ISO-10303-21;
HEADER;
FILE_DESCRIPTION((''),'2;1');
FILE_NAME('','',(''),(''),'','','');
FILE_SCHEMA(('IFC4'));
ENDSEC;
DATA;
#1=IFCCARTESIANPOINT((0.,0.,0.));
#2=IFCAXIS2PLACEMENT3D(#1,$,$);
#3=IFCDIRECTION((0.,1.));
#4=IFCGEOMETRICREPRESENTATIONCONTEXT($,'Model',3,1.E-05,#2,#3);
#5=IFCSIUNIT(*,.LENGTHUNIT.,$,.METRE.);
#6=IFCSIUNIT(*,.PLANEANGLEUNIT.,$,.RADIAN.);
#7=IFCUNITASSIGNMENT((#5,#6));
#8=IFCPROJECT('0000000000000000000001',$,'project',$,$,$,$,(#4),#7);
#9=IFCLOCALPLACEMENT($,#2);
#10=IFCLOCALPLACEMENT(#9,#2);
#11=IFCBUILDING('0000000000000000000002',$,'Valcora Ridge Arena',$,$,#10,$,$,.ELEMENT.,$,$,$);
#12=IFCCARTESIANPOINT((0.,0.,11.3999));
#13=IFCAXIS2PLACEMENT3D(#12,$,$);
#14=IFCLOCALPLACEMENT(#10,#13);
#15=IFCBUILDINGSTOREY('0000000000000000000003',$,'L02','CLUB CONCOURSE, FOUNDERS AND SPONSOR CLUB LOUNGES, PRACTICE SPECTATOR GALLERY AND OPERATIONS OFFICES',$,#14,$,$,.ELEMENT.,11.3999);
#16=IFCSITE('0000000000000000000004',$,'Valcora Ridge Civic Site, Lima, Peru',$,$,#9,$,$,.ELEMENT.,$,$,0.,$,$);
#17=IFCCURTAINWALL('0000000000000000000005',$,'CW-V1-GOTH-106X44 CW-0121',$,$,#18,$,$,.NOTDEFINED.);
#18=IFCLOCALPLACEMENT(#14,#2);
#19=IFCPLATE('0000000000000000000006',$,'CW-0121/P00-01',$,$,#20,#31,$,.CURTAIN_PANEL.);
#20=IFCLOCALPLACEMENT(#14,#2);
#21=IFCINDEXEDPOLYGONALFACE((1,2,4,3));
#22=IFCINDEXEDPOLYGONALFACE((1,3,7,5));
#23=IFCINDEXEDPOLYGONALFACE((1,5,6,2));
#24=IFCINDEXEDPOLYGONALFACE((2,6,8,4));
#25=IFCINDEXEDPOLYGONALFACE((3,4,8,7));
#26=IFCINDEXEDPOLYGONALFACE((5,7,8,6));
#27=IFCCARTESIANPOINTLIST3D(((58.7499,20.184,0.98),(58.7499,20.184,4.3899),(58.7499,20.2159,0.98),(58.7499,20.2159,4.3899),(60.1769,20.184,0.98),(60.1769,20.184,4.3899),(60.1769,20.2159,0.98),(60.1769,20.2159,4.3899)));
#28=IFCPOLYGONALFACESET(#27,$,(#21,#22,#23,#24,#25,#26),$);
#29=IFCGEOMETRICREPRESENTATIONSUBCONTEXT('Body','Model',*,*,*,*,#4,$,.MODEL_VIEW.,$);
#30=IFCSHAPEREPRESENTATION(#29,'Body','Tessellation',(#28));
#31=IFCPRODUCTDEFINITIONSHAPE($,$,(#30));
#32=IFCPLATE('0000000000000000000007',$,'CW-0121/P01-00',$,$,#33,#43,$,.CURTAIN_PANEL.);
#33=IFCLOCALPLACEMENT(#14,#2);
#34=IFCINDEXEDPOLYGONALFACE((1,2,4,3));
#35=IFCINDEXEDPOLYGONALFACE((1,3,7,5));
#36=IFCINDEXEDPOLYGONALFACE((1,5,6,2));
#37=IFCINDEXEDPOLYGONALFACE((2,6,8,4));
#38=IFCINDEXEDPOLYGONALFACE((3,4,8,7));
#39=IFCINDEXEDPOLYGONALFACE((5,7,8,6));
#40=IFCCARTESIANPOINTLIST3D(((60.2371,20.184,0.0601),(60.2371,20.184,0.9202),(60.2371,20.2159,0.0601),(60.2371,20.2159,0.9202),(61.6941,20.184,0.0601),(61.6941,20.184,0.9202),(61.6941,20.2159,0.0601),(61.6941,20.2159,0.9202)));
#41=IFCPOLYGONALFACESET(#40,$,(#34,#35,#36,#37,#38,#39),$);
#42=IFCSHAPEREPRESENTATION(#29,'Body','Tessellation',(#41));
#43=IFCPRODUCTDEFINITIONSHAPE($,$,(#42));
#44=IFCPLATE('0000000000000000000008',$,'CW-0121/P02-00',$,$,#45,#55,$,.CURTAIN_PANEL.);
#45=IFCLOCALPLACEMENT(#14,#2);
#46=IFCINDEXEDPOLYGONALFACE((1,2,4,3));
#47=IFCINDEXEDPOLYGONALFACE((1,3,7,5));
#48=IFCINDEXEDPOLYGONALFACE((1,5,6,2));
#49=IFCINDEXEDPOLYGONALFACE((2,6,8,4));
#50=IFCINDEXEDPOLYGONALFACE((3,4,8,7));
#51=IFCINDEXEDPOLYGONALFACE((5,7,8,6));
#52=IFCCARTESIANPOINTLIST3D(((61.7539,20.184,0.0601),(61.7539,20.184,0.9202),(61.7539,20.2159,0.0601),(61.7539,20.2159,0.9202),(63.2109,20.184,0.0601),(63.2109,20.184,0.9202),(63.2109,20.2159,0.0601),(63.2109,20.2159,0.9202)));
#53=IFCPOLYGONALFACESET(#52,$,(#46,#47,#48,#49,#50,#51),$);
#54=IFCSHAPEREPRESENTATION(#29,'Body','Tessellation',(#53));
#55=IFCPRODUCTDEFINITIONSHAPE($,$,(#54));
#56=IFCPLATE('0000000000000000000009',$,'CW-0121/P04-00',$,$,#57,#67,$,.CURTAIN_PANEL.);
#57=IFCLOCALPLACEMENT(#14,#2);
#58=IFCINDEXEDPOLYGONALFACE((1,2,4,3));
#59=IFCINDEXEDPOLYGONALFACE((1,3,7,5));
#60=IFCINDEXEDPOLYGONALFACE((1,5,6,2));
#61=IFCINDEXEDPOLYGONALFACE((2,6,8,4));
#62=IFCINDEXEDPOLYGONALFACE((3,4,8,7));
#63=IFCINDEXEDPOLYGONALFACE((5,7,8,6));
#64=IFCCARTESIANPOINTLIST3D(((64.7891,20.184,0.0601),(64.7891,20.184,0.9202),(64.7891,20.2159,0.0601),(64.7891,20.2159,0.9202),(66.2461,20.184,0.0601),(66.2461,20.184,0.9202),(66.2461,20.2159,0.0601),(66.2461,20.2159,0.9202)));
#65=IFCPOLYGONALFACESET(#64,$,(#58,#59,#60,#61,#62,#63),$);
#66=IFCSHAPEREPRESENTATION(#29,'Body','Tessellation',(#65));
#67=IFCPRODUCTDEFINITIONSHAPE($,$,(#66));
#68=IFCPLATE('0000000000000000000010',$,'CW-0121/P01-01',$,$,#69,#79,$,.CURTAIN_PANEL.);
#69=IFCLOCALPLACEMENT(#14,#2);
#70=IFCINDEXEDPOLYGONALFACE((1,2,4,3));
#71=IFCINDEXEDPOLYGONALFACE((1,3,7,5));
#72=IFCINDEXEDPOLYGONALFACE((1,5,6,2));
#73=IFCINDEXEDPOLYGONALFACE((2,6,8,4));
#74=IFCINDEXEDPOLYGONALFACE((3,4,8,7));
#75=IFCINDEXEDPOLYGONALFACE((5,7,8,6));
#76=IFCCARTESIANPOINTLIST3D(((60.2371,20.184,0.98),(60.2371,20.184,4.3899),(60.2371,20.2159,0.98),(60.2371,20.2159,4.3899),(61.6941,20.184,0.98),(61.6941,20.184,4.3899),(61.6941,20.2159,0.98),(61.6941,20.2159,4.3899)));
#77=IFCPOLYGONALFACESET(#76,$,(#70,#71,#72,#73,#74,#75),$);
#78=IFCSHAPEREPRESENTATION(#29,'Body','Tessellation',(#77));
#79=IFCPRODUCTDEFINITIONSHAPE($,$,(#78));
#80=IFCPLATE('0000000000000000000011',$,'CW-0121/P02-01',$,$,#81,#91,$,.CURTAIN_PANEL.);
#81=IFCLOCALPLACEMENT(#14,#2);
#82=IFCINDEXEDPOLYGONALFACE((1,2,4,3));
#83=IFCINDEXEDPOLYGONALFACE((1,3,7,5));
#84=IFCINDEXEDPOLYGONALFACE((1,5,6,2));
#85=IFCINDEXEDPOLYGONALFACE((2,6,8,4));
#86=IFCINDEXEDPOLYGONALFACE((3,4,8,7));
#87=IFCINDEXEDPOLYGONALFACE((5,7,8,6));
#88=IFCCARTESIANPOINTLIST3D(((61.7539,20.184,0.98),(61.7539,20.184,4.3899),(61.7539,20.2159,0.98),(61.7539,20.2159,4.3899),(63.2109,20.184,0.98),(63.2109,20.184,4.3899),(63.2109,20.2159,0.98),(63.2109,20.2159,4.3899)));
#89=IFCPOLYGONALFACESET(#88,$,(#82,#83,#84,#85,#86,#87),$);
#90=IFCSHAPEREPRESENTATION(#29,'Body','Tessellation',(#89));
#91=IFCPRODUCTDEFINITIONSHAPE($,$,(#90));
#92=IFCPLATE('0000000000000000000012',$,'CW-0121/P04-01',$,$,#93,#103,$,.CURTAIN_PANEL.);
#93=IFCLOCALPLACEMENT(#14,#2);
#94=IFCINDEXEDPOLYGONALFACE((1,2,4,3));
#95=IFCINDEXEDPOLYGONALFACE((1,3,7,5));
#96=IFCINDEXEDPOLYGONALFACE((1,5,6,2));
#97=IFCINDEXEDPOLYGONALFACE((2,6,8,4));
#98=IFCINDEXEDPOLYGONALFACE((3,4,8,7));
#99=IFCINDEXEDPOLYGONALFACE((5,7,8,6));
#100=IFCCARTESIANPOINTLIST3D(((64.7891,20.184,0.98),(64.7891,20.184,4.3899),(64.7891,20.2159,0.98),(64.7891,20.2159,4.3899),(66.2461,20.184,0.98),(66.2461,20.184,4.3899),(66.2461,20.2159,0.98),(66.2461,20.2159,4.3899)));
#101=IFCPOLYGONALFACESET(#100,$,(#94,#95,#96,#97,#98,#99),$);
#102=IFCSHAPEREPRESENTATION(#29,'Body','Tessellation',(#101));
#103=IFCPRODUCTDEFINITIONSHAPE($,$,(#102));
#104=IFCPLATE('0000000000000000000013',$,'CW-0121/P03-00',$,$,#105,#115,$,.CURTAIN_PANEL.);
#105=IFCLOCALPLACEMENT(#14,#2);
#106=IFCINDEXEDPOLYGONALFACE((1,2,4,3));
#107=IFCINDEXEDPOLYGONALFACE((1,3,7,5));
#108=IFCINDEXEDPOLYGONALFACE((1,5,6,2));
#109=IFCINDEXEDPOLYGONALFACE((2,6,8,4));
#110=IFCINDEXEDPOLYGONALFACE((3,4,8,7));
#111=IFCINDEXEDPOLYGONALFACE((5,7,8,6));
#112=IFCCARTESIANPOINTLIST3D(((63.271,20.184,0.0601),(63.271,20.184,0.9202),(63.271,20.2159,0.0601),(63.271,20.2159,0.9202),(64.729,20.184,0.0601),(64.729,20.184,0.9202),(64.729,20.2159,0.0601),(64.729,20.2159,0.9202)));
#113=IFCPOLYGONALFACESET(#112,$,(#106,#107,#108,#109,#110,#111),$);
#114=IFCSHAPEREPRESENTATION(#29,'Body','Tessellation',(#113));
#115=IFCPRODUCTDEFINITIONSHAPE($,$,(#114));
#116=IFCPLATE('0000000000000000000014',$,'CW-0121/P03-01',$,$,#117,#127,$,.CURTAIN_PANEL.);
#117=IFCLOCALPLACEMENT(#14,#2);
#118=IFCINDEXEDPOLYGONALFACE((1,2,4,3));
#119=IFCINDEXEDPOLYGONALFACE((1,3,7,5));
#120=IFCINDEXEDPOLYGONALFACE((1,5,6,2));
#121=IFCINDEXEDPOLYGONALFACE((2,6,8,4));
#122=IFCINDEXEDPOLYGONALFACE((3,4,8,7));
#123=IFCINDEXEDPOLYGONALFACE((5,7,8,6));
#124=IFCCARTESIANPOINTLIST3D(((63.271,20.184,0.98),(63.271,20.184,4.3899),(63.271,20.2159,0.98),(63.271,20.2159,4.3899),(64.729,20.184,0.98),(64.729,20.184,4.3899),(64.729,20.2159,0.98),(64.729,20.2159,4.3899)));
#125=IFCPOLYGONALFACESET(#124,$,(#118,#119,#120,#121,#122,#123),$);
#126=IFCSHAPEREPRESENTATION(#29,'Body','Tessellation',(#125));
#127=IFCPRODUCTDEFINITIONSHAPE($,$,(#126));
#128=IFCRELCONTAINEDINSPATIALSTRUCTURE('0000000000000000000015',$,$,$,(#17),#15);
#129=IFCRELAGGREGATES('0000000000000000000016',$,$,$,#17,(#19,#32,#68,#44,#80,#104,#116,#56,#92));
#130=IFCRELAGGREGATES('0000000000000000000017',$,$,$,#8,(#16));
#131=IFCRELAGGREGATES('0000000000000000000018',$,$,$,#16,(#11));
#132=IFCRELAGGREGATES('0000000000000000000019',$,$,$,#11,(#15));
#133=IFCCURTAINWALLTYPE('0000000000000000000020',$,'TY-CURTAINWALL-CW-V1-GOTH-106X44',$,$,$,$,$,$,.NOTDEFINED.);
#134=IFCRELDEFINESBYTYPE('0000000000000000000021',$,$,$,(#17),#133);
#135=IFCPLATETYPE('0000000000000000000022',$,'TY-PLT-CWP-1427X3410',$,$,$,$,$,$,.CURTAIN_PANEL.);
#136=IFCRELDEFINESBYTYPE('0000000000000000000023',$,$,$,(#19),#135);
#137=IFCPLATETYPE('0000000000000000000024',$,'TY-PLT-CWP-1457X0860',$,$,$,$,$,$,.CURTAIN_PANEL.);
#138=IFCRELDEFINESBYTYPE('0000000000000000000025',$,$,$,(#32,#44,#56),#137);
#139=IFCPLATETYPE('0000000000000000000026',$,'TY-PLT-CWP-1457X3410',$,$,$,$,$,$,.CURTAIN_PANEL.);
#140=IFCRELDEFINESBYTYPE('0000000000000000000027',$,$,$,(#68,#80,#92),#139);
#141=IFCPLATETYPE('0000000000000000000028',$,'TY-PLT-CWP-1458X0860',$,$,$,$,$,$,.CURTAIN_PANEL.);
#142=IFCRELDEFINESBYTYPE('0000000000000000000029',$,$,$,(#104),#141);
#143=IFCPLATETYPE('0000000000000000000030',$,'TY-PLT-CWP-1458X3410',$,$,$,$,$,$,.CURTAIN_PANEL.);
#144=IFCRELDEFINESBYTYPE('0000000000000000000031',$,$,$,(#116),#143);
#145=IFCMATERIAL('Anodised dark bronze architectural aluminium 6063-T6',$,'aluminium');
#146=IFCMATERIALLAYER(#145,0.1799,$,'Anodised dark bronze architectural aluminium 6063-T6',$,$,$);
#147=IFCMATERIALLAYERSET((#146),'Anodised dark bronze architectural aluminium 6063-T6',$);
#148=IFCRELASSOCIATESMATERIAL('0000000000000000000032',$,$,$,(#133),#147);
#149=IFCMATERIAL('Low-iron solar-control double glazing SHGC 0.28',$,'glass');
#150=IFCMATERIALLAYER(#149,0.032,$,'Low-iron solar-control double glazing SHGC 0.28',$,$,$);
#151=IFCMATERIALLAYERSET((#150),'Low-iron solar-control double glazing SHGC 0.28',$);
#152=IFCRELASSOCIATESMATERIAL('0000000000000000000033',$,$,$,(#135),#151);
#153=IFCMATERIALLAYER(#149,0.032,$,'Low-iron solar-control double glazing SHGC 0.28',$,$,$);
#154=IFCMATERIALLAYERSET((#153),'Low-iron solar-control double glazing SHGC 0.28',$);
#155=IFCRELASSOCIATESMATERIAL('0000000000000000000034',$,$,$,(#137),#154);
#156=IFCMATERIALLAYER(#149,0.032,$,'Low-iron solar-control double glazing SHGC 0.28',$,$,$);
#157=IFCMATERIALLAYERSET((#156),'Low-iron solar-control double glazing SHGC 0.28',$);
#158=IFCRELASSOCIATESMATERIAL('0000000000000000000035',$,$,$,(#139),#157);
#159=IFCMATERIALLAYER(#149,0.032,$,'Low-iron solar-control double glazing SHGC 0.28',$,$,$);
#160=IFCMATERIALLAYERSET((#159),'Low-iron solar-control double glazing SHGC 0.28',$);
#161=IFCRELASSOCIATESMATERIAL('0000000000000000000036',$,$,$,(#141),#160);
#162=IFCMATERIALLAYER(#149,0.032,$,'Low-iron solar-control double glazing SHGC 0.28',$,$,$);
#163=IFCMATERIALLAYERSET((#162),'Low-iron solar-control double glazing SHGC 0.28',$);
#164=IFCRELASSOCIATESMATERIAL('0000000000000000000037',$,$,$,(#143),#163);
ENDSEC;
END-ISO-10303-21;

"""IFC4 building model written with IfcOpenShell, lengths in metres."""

from ifc_helpers import new_model, si_unit, direction, frame, origin, origin_2d, place, context, subcontext, project, spatial, rectangle, extrude, material, layer, layer_set, type_object, element, aggregate, save


model = new_model("IFC4")

# Units and contexts
model_context = context("Model", 3, precision=1e-05, world=origin(), true_north=direction((0.0, 1.0)))
body_context = subcontext(model_context, "Body", "Model", "MODEL_VIEW")
ifc_project = project(units=[si_unit("LENGTHUNIT", "METRE"), si_unit("PLANEANGLEUNIT", "RADIAN")], contexts=[model_context])

# Site, building, storey
site_placement = place(None, origin())
site = spatial("IfcSite", under=ifc_project, at=site_placement, Name="Valcora Ridge Civic Site, Lima, Peru", CompositionType="ELEMENT", RefElevation=0.0)
building_placement = place(site_placement, origin())
building = spatial("IfcBuilding", under=site, at=building_placement, Name="Valcora Ridge Arena", CompositionType="ELEMENT")
storey_placement = place(building_placement, frame((0.0, 0.0, 11.3999)))
storey = spatial("IfcBuildingStorey", under=building, at=storey_placement, Name="L02", Description="CLUB CONCOURSE, FOUNDERS AND SPONSOR CLUB LOUNGES, PRACTICE SPECTATOR GALLERY AND OPERATIONS OFFICES", CompositionType="ELEMENT", Elevation=11.3999)

# Shared definitions
ifc_material_1 = material(Name="Anodised dark bronze architectural aluminium 6063-T6", Category="aluminium")

# Curtain wall
ifc_layer_1 = layer(ifc_material_1, 0.1799, Name="Anodised dark bronze architectural aluminium 6063-T6")
ifc_layer_set_1 = layer_set([ifc_layer_1], Name="Anodised dark bronze architectural aluminium 6063-T6")
curtain_wall_type_1 = type_object("IfcCurtainWallType", Name="TY-CURTAINWALL-CW-V1-GOTH-106X44", PredefinedType="NOTDEFINED", material=ifc_layer_set_1)
curtain_wall_1_placement = place(storey_placement, origin())
curtain_wall_1 = element("IfcCurtainWall", 1, at=curtain_wall_1_placement, inside=storey, type_object=curtain_wall_type_1, Name="CW-V1-GOTH-106X44 CW-0121", PredefinedType="NOTDEFINED")

# Plates
ifc_material_2 = material(Name="Low-iron solar-control double glazing SHGC 0.28", Category="glass")
ifc_layer_2 = layer(ifc_material_2, 0.032, Name="Low-iron solar-control double glazing SHGC 0.28")
ifc_layer_set_2 = layer_set([ifc_layer_2], Name="Low-iron solar-control double glazing SHGC 0.28")
plate_type_1 = type_object("IfcPlateType", Name="TY-PLT-CWP-1427X3410", PredefinedType="CURTAIN_PANEL", material=ifc_layer_set_2)
plate_1_placement = place(storey_placement, frame((59.4634, 20.2, 0.98), z_axis=(0.0, 0.0, 1.0), x_axis=(1.0, 0.0, 0.0)))
plate_1 = element("IfcPlate", 2, at=plate_1_placement, type_object=plate_type_1, Name="CW-0121/P00-01", PredefinedType="CURTAIN_PANEL", context=body_context, shape_type="SweptSolid", body=[
    extrude(rectangle(XDim=1.427, YDim=0.032, at=origin_2d()), origin(), (0.0, 0.0, 1.0), 3.4099),
])
ifc_layer_3 = layer(ifc_material_2, 0.032, Name="Low-iron solar-control double glazing SHGC 0.28")
ifc_layer_set_3 = layer_set([ifc_layer_3], Name="Low-iron solar-control double glazing SHGC 0.28")
plate_type_2 = type_object("IfcPlateType", Name="TY-PLT-CWP-1457X0860", PredefinedType="CURTAIN_PANEL", material=ifc_layer_set_3)
plate_2_placement = place(storey_placement, frame((60.9656, 20.2, 0.0601), z_axis=(0.0, 0.0, 1.0), x_axis=(1.0, 0.0, 0.0)))
plate_2 = element("IfcPlate", 3, at=plate_2_placement, type_object=plate_type_2, Name="CW-0121/P01-00", PredefinedType="CURTAIN_PANEL", context=body_context, shape_type="SweptSolid", body=[
    extrude(rectangle(XDim=1.457, YDim=0.032, at=origin_2d()), origin(), (0.0, 0.0, 1.0), 0.8601),
])
plate_3_placement = place(storey_placement, frame((62.4824, 20.2, 0.0601), z_axis=(0.0, 0.0, 1.0), x_axis=(1.0, 0.0, 0.0)))
plate_3 = element("IfcPlate", 4, at=plate_3_placement, type_object=plate_type_2, Name="CW-0121/P02-00", PredefinedType="CURTAIN_PANEL", context=body_context, shape_type="SweptSolid", body=[
    extrude(rectangle(XDim=1.457, YDim=0.032, at=origin_2d()), origin(), (0.0, 0.0, 1.0), 0.8601),
])
plate_4_placement = place(storey_placement, frame((65.5176, 20.2, 0.0601), z_axis=(0.0, 0.0, 1.0), x_axis=(1.0, 0.0, 0.0)))
plate_4 = element("IfcPlate", 5, at=plate_4_placement, type_object=plate_type_2, Name="CW-0121/P04-00", PredefinedType="CURTAIN_PANEL", context=body_context, shape_type="SweptSolid", body=[
    extrude(rectangle(XDim=1.457, YDim=0.032, at=origin_2d()), origin(), (0.0, 0.0, 1.0), 0.8601),
])
ifc_layer_4 = layer(ifc_material_2, 0.032, Name="Low-iron solar-control double glazing SHGC 0.28")
ifc_layer_set_4 = layer_set([ifc_layer_4], Name="Low-iron solar-control double glazing SHGC 0.28")
plate_type_3 = type_object("IfcPlateType", Name="TY-PLT-CWP-1457X3410", PredefinedType="CURTAIN_PANEL", material=ifc_layer_set_4)
plate_5_placement = place(storey_placement, frame((60.9656, 20.2, 0.98), z_axis=(0.0, 0.0, 1.0), x_axis=(1.0, 0.0, 0.0)))
plate_5 = element("IfcPlate", 6, at=plate_5_placement, type_object=plate_type_3, Name="CW-0121/P01-01", PredefinedType="CURTAIN_PANEL", context=body_context, shape_type="SweptSolid", body=[
    extrude(rectangle(XDim=1.457, YDim=0.032, at=origin_2d()), origin(), (0.0, 0.0, 1.0), 3.4099),
])
plate_6_placement = place(storey_placement, frame((62.4824, 20.2, 0.98), z_axis=(0.0, 0.0, 1.0), x_axis=(1.0, 0.0, 0.0)))
plate_6 = element("IfcPlate", 7, at=plate_6_placement, type_object=plate_type_3, Name="CW-0121/P02-01", PredefinedType="CURTAIN_PANEL", context=body_context, shape_type="SweptSolid", body=[
    extrude(rectangle(XDim=1.457, YDim=0.032, at=origin_2d()), origin(), (0.0, 0.0, 1.0), 3.4099),
])
plate_7_placement = place(storey_placement, frame((65.5176, 20.2, 0.98), z_axis=(0.0, 0.0, 1.0), x_axis=(1.0, 0.0, 0.0)))
plate_7 = element("IfcPlate", 8, at=plate_7_placement, type_object=plate_type_3, Name="CW-0121/P04-01", PredefinedType="CURTAIN_PANEL", context=body_context, shape_type="SweptSolid", body=[
    extrude(rectangle(XDim=1.457, YDim=0.032, at=origin_2d()), origin(), (0.0, 0.0, 1.0), 3.4099),
])
ifc_layer_5 = layer(ifc_material_2, 0.032, Name="Low-iron solar-control double glazing SHGC 0.28")
ifc_layer_set_5 = layer_set([ifc_layer_5], Name="Low-iron solar-control double glazing SHGC 0.28")
plate_type_4 = type_object("IfcPlateType", Name="TY-PLT-CWP-1458X0860", PredefinedType="CURTAIN_PANEL", material=ifc_layer_set_5)
plate_8_placement = place(storey_placement, frame((64.0, 20.2, 0.0601), z_axis=(0.0, 0.0, 1.0), x_axis=(1.0, 0.0, 0.0)))
plate_8 = element("IfcPlate", 9, at=plate_8_placement, type_object=plate_type_4, Name="CW-0121/P03-00", PredefinedType="CURTAIN_PANEL", context=body_context, shape_type="SweptSolid", body=[
    extrude(rectangle(XDim=1.458, YDim=0.032, at=origin_2d()), origin(), (0.0, 0.0, 1.0), 0.8601),
])
ifc_layer_6 = layer(ifc_material_2, 0.032, Name="Low-iron solar-control double glazing SHGC 0.28")
ifc_layer_set_6 = layer_set([ifc_layer_6], Name="Low-iron solar-control double glazing SHGC 0.28")
plate_type_5 = type_object("IfcPlateType", Name="TY-PLT-CWP-1458X3410", PredefinedType="CURTAIN_PANEL", material=ifc_layer_set_6)
plate_9_placement = place(storey_placement, frame((64.0, 20.2, 0.98), z_axis=(0.0, 0.0, 1.0), x_axis=(1.0, 0.0, 0.0)))
plate_9 = element("IfcPlate", 10, at=plate_9_placement, type_object=plate_type_5, Name="CW-0121/P03-01", PredefinedType="CURTAIN_PANEL", context=body_context, shape_type="SweptSolid", body=[
    extrude(rectangle(XDim=1.458, YDim=0.032, at=origin_2d()), origin(), (0.0, 0.0, 1.0), 3.4099),
])
aggregate(curtain_wall_1, [plate_1, plate_2, plate_5, plate_3, plate_6, plate_8, plate_9, plate_4, plate_7])

save(model, "model.ifc")
